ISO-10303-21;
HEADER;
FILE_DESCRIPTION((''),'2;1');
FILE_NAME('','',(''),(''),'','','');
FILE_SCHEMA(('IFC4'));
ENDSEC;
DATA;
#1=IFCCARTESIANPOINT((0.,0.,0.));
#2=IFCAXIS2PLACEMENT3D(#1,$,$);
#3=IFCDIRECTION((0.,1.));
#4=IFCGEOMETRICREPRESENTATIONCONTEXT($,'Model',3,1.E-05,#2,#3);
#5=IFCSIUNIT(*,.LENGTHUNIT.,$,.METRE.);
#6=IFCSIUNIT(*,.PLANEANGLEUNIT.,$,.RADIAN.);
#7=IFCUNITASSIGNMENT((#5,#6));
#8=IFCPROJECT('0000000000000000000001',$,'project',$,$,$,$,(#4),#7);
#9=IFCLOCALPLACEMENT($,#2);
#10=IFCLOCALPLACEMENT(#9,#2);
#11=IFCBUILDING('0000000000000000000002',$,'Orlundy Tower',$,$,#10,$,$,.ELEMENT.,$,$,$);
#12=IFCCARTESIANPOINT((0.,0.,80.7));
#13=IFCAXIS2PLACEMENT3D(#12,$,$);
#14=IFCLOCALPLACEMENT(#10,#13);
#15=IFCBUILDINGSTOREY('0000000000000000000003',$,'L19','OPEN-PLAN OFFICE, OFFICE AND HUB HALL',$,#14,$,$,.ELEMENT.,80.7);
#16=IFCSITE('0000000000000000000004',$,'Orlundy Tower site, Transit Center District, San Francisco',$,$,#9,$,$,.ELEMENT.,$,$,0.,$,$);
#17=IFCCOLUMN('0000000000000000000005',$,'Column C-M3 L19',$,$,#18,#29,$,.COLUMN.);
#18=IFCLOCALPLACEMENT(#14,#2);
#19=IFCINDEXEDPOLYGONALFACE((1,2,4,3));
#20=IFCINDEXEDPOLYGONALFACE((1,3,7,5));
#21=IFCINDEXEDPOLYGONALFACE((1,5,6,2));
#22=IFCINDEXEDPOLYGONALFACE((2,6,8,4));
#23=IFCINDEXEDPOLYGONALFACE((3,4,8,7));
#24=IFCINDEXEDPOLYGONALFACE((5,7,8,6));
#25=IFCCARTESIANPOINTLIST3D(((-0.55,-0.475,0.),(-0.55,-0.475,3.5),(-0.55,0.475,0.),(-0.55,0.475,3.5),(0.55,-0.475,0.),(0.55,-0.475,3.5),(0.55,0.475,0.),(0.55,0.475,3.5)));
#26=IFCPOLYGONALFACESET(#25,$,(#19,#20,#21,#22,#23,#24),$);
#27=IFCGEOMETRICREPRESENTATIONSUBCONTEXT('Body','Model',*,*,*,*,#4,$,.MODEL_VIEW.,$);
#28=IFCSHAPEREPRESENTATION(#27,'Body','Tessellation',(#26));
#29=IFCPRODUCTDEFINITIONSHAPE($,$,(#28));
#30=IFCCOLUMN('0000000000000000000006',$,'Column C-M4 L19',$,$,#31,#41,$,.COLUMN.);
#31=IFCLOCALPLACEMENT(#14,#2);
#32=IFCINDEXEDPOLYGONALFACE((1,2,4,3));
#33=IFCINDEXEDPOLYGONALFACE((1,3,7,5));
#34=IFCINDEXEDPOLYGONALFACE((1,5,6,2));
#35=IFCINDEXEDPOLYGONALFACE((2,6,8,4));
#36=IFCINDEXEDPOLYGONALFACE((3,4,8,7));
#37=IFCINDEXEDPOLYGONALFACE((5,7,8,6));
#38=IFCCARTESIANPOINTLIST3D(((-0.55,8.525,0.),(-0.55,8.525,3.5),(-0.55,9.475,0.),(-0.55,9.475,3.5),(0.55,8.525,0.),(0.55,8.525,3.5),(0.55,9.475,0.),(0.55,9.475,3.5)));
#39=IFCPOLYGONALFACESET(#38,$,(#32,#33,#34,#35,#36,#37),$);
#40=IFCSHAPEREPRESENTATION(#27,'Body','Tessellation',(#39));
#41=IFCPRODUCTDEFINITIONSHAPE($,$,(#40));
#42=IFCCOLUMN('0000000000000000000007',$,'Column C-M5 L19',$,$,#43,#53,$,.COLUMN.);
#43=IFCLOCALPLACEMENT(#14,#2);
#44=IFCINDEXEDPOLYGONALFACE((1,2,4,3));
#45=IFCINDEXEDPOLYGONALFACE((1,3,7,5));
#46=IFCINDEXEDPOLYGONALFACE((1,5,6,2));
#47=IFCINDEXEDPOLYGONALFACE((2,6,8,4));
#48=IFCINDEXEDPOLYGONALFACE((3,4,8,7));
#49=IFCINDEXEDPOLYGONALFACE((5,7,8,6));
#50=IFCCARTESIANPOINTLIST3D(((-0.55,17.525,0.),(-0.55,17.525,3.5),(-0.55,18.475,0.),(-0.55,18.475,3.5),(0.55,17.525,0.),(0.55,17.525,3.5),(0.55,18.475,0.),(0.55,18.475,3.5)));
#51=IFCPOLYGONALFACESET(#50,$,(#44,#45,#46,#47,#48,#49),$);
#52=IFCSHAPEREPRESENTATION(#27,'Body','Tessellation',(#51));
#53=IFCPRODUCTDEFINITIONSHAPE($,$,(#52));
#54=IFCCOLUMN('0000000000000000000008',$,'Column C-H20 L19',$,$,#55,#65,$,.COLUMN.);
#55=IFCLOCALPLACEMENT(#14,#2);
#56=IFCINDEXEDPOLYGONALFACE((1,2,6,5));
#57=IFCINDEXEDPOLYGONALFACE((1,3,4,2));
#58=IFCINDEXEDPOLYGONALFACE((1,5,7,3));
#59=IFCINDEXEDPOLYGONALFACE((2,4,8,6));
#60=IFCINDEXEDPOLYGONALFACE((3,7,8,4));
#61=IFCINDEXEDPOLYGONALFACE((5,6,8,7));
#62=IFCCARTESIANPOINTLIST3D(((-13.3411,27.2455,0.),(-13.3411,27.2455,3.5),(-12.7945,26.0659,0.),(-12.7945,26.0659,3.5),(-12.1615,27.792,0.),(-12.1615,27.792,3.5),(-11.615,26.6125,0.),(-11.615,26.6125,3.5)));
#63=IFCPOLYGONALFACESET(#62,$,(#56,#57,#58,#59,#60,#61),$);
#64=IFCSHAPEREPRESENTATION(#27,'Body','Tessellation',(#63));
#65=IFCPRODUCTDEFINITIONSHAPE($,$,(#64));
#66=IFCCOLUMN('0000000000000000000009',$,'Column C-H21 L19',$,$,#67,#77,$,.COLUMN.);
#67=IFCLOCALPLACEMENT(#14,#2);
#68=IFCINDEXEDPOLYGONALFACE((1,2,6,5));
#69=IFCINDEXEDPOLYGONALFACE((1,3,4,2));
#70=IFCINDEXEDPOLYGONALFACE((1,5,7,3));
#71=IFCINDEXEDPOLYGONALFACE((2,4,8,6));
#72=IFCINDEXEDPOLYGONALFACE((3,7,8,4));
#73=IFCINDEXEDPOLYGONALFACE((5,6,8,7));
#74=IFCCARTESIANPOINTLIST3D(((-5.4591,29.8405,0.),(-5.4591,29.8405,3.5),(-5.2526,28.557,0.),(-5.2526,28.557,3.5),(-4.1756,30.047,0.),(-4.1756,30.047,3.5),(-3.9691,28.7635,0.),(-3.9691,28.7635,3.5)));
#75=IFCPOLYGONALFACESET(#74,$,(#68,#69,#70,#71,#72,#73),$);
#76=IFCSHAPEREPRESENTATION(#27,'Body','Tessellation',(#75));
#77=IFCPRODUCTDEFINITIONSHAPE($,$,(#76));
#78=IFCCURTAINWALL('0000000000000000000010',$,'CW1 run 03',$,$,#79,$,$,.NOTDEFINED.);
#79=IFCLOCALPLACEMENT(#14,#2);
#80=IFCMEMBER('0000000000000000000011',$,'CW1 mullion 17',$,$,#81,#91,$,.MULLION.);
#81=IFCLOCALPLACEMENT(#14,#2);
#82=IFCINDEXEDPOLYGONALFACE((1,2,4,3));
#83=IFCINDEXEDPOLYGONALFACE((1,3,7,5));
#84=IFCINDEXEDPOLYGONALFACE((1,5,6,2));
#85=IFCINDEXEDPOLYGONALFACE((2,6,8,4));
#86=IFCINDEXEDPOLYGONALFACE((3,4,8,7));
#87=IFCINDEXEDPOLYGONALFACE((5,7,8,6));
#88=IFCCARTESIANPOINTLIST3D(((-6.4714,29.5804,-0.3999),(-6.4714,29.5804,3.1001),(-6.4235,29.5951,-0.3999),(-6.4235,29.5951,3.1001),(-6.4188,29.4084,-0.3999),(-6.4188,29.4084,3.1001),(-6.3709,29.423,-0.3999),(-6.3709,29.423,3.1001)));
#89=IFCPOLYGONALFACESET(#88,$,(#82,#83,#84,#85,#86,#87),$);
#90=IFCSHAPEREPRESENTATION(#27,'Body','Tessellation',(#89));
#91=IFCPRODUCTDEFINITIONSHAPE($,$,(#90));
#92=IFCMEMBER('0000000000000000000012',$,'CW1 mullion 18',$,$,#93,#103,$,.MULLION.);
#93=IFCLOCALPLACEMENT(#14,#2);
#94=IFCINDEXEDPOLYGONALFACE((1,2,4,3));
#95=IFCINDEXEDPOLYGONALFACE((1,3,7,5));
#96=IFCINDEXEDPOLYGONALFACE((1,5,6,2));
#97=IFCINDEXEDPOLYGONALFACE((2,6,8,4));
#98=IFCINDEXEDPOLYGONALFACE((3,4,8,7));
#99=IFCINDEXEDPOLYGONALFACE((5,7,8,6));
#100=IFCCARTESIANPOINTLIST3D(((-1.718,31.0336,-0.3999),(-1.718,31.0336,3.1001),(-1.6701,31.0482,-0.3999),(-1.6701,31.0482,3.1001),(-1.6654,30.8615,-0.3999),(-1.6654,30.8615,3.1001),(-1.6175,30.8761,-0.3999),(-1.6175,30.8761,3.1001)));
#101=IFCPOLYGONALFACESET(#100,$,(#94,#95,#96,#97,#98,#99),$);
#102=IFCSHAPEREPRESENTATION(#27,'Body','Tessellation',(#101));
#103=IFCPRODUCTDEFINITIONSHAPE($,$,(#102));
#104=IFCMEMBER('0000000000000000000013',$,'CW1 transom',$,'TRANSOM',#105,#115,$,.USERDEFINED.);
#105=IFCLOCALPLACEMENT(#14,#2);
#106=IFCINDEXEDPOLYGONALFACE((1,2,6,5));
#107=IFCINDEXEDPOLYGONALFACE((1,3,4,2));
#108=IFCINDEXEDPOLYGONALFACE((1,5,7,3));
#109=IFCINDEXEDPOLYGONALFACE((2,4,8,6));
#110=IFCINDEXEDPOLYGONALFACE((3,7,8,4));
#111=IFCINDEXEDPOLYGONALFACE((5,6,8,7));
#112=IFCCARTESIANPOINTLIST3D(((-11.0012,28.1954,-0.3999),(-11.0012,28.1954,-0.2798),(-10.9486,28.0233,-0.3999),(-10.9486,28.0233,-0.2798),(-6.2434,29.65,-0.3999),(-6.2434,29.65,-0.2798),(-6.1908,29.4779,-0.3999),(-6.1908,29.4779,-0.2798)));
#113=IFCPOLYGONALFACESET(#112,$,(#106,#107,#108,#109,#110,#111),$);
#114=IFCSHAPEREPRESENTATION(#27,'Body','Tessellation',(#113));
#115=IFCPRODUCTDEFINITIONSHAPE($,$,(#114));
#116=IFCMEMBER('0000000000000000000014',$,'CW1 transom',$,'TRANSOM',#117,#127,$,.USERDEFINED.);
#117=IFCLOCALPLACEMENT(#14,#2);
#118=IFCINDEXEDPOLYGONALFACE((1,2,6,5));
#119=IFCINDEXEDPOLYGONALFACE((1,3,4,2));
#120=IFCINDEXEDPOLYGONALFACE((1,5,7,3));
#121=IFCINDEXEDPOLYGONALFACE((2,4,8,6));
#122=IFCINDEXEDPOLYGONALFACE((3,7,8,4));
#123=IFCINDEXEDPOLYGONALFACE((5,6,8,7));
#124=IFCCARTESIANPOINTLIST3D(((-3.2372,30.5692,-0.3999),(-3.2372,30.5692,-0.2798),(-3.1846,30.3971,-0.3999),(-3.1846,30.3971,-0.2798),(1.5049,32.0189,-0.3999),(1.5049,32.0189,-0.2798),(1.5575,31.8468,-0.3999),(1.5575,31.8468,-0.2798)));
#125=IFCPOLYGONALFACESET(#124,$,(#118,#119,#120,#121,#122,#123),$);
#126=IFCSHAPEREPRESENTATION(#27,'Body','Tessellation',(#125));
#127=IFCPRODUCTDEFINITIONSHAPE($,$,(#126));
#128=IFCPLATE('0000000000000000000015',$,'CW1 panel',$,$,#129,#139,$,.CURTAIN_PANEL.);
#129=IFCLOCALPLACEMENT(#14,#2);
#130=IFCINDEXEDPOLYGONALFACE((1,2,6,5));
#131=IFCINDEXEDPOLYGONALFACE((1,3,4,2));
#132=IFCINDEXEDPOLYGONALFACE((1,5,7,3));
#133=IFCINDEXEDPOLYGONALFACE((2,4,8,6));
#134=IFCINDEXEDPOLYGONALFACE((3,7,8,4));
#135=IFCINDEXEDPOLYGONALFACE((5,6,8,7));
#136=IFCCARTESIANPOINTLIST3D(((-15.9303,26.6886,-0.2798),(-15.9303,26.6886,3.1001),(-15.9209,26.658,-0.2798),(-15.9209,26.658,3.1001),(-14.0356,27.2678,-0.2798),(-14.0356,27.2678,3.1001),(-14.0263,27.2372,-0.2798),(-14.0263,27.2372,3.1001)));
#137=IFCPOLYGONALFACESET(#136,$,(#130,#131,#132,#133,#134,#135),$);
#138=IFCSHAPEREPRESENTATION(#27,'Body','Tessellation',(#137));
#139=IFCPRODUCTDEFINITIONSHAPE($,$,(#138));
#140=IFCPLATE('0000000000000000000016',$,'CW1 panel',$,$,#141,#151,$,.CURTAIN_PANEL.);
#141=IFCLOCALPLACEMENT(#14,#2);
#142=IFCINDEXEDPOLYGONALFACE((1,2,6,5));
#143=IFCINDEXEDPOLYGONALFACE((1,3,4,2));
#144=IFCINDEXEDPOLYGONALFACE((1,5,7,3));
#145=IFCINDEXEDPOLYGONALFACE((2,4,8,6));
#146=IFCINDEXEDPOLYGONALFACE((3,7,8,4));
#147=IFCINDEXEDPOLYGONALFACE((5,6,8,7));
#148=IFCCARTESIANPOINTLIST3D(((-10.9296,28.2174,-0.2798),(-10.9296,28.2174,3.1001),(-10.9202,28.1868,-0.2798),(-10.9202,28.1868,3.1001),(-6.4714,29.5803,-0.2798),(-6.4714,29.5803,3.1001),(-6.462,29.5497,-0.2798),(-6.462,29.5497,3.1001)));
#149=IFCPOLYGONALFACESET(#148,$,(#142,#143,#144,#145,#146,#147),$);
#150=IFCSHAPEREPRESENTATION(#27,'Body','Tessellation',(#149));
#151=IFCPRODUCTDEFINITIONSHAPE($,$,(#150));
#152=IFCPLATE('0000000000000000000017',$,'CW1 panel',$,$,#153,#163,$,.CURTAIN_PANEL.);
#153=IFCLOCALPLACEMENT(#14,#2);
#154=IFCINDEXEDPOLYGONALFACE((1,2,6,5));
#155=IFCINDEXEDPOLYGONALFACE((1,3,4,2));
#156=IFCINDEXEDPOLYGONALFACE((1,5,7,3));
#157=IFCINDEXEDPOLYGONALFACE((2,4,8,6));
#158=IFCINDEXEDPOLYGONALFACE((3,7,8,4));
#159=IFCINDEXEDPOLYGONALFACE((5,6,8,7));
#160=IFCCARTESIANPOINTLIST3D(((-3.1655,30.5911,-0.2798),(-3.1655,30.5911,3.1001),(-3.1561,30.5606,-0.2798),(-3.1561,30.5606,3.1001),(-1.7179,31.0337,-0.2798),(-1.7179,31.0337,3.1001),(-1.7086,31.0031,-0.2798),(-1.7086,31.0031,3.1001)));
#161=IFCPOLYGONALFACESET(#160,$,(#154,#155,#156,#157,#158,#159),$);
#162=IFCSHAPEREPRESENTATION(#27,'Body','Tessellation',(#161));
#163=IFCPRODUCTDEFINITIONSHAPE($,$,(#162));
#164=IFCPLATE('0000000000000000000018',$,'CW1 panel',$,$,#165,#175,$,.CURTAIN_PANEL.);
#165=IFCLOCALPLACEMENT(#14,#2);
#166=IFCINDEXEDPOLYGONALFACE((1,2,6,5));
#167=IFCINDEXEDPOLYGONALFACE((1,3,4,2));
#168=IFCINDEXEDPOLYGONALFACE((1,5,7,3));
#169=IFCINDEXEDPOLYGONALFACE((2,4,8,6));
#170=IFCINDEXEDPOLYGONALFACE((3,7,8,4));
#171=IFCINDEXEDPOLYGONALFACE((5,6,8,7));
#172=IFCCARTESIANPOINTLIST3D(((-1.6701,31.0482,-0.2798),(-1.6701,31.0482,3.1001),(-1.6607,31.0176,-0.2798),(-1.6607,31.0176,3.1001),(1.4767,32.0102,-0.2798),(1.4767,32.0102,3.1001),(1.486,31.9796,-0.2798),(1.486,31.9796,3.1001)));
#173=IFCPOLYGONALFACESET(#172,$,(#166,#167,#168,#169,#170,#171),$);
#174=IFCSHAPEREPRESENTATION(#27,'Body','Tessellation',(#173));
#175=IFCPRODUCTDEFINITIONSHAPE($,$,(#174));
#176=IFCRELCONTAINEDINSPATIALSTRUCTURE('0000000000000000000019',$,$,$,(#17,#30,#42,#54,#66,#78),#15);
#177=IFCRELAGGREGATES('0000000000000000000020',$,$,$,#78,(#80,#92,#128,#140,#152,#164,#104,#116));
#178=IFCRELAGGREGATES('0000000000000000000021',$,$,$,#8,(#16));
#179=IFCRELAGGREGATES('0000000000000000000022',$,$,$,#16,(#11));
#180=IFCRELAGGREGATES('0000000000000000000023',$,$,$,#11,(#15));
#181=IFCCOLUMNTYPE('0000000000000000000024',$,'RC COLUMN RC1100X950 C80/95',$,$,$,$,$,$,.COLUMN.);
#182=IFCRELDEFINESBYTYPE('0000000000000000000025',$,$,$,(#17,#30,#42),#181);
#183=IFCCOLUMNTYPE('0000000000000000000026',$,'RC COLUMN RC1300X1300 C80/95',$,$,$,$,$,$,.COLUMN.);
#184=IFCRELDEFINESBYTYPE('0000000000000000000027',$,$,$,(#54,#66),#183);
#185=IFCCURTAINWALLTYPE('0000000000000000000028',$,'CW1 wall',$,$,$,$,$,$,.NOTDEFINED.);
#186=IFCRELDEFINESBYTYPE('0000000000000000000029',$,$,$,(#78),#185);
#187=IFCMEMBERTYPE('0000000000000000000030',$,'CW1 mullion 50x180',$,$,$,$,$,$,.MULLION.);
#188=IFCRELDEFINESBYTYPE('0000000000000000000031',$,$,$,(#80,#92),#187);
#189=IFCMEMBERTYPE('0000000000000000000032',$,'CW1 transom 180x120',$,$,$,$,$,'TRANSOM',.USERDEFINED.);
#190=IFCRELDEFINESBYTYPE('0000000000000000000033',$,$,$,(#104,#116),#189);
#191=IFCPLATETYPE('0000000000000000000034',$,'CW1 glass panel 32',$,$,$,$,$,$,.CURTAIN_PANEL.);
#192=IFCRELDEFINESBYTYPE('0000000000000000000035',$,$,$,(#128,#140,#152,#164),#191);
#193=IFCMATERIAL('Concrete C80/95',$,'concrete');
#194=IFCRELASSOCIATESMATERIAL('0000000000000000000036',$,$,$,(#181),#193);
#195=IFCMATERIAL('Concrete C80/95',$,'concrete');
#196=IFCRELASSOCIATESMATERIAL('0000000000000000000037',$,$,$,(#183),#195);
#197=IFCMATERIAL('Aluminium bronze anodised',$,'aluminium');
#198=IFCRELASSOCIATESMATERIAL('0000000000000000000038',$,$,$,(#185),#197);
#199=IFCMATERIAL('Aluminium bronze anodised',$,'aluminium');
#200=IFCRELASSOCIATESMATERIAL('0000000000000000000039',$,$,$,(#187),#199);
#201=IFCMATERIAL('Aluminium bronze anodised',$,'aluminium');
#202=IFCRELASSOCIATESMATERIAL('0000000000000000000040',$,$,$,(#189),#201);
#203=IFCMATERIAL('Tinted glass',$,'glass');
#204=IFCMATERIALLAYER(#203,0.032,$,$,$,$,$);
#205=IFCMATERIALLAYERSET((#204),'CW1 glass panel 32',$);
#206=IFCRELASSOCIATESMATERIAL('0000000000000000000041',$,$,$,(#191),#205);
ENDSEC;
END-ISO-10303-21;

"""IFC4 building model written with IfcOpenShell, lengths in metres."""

from ifc_helpers import new_model, si_unit, direction, frame, origin, origin_2d, place, context, subcontext, project, spatial, rectangle, extrude, material, layer, layer_set, material_profile, profile_set, type_object, element, aggregate, save


model = new_model("IFC4")

# Units and contexts
model_context = context("Model", 3, precision=1e-05, world=origin(), true_north=direction((0.0, 1.0)))
body_context = subcontext(model_context, "Body", "Model", "MODEL_VIEW")
ifc_project = project(units=[si_unit("LENGTHUNIT", "METRE"), si_unit("PLANEANGLEUNIT", "RADIAN")], contexts=[model_context])

# Site, building, storey
site_placement = place(None, origin())
site = spatial("IfcSite", under=ifc_project, at=site_placement, Name="Orlundy Tower site, Transit Center District, San Francisco", CompositionType="ELEMENT", RefElevation=0.0)
building_placement = place(site_placement, origin())
building = spatial("IfcBuilding", under=site, at=building_placement, Name="Orlundy Tower", CompositionType="ELEMENT")
storey_placement = place(building_placement, frame((0.0, 0.0, 80.7)))
storey = spatial("IfcBuildingStorey", under=building, at=storey_placement, Name="L19", Description="OPEN-PLAN OFFICE, OFFICE AND HUB HALL", CompositionType="ELEMENT", Elevation=80.7)

# Columns
ifc_material_1 = material(Name="Concrete C80/95", Category="concrete")
ifc_material_profile_1 = material_profile(ifc_material_1, rectangle(XDim=1.1001, YDim=0.95, at=origin_2d()), Name="RC1100X950")
ifc_profile_set_1 = profile_set([ifc_material_profile_1], Name="Concrete C80/95")
column_type_1 = type_object("IfcColumnType", Name="RC COLUMN RC1100X950 C80/95", PredefinedType="COLUMN", material=ifc_profile_set_1)
for number, where, z_axis, x_axis, name in (
    (1, (0.0, 0.0, 0.0), (0.0, 0.0, 1.0), (1.0, 0.0, 0.0), "Column C-M3 L19"),
    (2, (0.0, 9.0, 0.0), (0.0, 0.0, 1.0), (1.0, 0.0, 0.0), "Column C-M4 L19"),
    (3, (0.0, 18.0, 0.0), (0.0, 0.0, 1.0), (1.0, 0.0, 0.0), "Column C-M5 L19"),
):
    element("IfcColumn", number, at=place(storey_placement, frame(where, z_axis=z_axis, x_axis=x_axis)), inside=storey, type_object=column_type_1, Name=name, PredefinedType="COLUMN", context=body_context, shape_type="SweptSolid", body=[
        extrude(rectangle(XDim=1.1001, YDim=0.95, at=origin_2d()), origin(), (0.0, 0.0, 1.0), 3.5),
    ])
ifc_material_2 = material(Name="Concrete C80/95", Category="concrete")
ifc_material_profile_2 = material_profile(ifc_material_2, rectangle(XDim=1.3, YDim=1.3, at=origin_2d()), Name="RC1300X1300")
ifc_profile_set_2 = profile_set([ifc_material_profile_2], Name="Concrete C80/95")
column_type_2 = type_object("IfcColumnType", Name="RC COLUMN RC1300X1300 C80/95", PredefinedType="COLUMN", material=ifc_profile_set_2)
for number, where, z_axis, x_axis, name in (
    (4, (-12.478, 26.929, 0.0), (0.0, 0.0, 1.0), (-0.420418, 0.90733, 0.0), "Column C-H20 L19"),
    (5, (-4.7141, 29.302, 0.0), (0.0, 0.0, 1.0), (-0.15883, 0.987306, 0.0), "Column C-H21 L19"),
):
    element("IfcColumn", number, at=place(storey_placement, frame(where, z_axis=z_axis, x_axis=x_axis)), inside=storey, type_object=column_type_2, Name=name, PredefinedType="COLUMN", context=body_context, shape_type="SweptSolid", body=[
        extrude(rectangle(XDim=1.3, YDim=1.3, at=origin_2d()), origin(), (0.0, 0.0, 1.0), 3.5),
    ])

# Curtain wall, members, plates
ifc_material_3 = material(Name="Aluminium bronze anodised", Category="aluminium")
curtain_wall_type = type_object("IfcCurtainWallType", Name="CW1 wall", PredefinedType="NOTDEFINED", material=ifc_material_3)
curtain_wall_placement = place(storey_placement, origin())
curtain_wall = element("IfcCurtainWall", 6, at=curtain_wall_placement, inside=storey, type_object=curtain_wall_type, Name="CW1 run 03", PredefinedType="NOTDEFINED")
ifc_material_4 = material(Name="Aluminium bronze anodised", Category="aluminium")
ifc_material_profile_3 = material_profile(ifc_material_4, rectangle(XDim=0.1799, YDim=0.05, at=origin_2d()), Name="CW1 mullion 50x180")
ifc_profile_set_3 = profile_set([ifc_material_profile_3], Name="Aluminium bronze anodised")
member_type_1 = type_object("IfcMemberType", Name="CW1 mullion 50x180", PredefinedType="MULLION", material=ifc_profile_set_3)
member_1_placement = place(storey_placement, frame((-6.4211, 29.5017, -0.3999), z_axis=(0.0, 0.0, 1.0), x_axis=(-0.292361, 0.956308, 0.0)))
member_1 = element("IfcMember", 7, at=member_1_placement, type_object=member_type_1, Name="CW1 mullion 17", PredefinedType="MULLION", context=body_context, shape_type="SweptSolid", body=[
    extrude(rectangle(XDim=0.1799, YDim=0.05, at=origin_2d()), origin(), (0.0, 0.0, 1.0), 3.5),
])
member_2_placement = place(storey_placement, frame((-1.6677, 30.9548, -0.3999), z_axis=(0.0, 0.0, 1.0), x_axis=(-0.292361, 0.956308, 0.0)))
member_2 = element("IfcMember", 8, at=member_2_placement, type_object=member_type_1, Name="CW1 mullion 18", PredefinedType="MULLION", context=body_context, shape_type="SweptSolid", body=[
    extrude(rectangle(XDim=0.1799, YDim=0.05, at=origin_2d()), origin(), (0.0, 0.0, 1.0), 3.5),
])
ifc_material_5 = material(Name="Aluminium bronze anodised", Category="aluminium")
ifc_material_profile_4 = material_profile(ifc_material_5, rectangle(XDim=0.1799, YDim=0.1201, at=origin_2d()), Name="CW1 transom 180x120")
ifc_profile_set_4 = profile_set([ifc_material_profile_4], Name="Aluminium bronze anodised")
member_type_2 = type_object("IfcMemberType", Name="CW1 transom 180x120", ElementType="TRANSOM", PredefinedType="USERDEFINED", material=ifc_profile_set_4)
member_3_placement = place(storey_placement, frame((-10.9749, 28.1094, -0.3398), z_axis=(0.956306, 0.292368, 0.0), x_axis=(-0.292368, 0.956306, 0.0)))
member_3 = element("IfcMember", 9, at=member_3_placement, type_object=member_type_2, Name="CW1 transom", ObjectType="TRANSOM", PredefinedType="USERDEFINED", context=body_context, shape_type="SweptSolid", body=[
    extrude(rectangle(XDim=0.1799, YDim=0.1201, at=origin_2d()), origin(), (0.0, 0.0, 1.0), 4.9751),
])
member_4_placement = place(storey_placement, frame((-3.2109, 30.4832, -0.3398), z_axis=(0.956312, 0.292349, 0.0), x_axis=(-0.292349, 0.956312, 0.0)))
member_4 = element("IfcMember", 10, at=member_4_placement, type_object=member_type_2, Name="CW1 transom", ObjectType="TRANSOM", PredefinedType="USERDEFINED", context=body_context, shape_type="SweptSolid", body=[
    extrude(rectangle(XDim=0.1799, YDim=0.1201, at=origin_2d()), origin(), (0.0, 0.0, 1.0), 4.9587),
])
ifc_material_6 = material(Name="Tinted glass", Category="glass")
ifc_layer_1 = layer(ifc_material_6, 0.032)
ifc_layer_set_1 = layer_set([ifc_layer_1], Name="CW1 glass panel 32")
plate_type = type_object("IfcPlateType", Name="CW1 glass panel 32", PredefinedType="CURTAIN_PANEL", material=ifc_layer_set_1)
plate_1_placement = place(storey_placement, frame((-14.9783, 26.9629, -0.2798), z_axis=(0.0, 0.0, 1.0), x_axis=(0.956308, 0.292361, 0.0)))
plate_1 = element("IfcPlate", 11, at=plate_1_placement, type_object=plate_type, Name="CW1 panel", PredefinedType="CURTAIN_PANEL", context=body_context, shape_type="SweptSolid", body=[
    extrude(rectangle(XDim=1.9812, YDim=0.032, at=origin_2d()), origin(), (0.0, 0.0, 1.0), 3.3799),
])
plate_2_placement = place(storey_placement, frame((-8.6958, 28.8835, -0.2798), z_axis=(0.0, 0.0, 1.0), x_axis=(0.956308, 0.292361, 0.0)))
plate_2 = element("IfcPlate", 12, at=plate_2_placement, type_object=plate_type, Name="CW1 panel", PredefinedType="CURTAIN_PANEL", context=body_context, shape_type="SweptSolid", body=[
    extrude(rectangle(XDim=4.6619, YDim=0.032, at=origin_2d()), origin(), (0.0, 0.0, 1.0), 3.3799),
])
plate_3_placement = place(storey_placement, frame((-2.437, 30.7971, -0.2798), z_axis=(0.0, 0.0, 1.0), x_axis=(0.956308, 0.292361, 0.0)))
plate_3 = element("IfcPlate", 13, at=plate_3_placement, type_object=plate_type, Name="CW1 panel", PredefinedType="CURTAIN_PANEL", context=body_context, shape_type="SweptSolid", body=[
    extrude(rectangle(XDim=1.5137, YDim=0.032, at=origin_2d()), origin(), (0.0, 0.0, 1.0), 3.3799),
])
plate_4_placement = place(storey_placement, frame((-0.092, 31.5139, -0.2798), z_axis=(0.0, 0.0, 1.0), x_axis=(0.956308, 0.292361, 0.0)))
plate_4 = element("IfcPlate", 14, at=plate_4_placement, type_object=plate_type, Name="CW1 panel", PredefinedType="CURTAIN_PANEL", context=body_context, shape_type="SweptSolid", body=[
    extrude(rectangle(XDim=3.2905, YDim=0.032, at=origin_2d()), origin(), (0.0, 0.0, 1.0), 3.3799),
])
aggregate(curtain_wall, [member_1, member_2, plate_1, plate_2, plate_3, plate_4, member_3, member_4])

save(model, "model.ifc")
